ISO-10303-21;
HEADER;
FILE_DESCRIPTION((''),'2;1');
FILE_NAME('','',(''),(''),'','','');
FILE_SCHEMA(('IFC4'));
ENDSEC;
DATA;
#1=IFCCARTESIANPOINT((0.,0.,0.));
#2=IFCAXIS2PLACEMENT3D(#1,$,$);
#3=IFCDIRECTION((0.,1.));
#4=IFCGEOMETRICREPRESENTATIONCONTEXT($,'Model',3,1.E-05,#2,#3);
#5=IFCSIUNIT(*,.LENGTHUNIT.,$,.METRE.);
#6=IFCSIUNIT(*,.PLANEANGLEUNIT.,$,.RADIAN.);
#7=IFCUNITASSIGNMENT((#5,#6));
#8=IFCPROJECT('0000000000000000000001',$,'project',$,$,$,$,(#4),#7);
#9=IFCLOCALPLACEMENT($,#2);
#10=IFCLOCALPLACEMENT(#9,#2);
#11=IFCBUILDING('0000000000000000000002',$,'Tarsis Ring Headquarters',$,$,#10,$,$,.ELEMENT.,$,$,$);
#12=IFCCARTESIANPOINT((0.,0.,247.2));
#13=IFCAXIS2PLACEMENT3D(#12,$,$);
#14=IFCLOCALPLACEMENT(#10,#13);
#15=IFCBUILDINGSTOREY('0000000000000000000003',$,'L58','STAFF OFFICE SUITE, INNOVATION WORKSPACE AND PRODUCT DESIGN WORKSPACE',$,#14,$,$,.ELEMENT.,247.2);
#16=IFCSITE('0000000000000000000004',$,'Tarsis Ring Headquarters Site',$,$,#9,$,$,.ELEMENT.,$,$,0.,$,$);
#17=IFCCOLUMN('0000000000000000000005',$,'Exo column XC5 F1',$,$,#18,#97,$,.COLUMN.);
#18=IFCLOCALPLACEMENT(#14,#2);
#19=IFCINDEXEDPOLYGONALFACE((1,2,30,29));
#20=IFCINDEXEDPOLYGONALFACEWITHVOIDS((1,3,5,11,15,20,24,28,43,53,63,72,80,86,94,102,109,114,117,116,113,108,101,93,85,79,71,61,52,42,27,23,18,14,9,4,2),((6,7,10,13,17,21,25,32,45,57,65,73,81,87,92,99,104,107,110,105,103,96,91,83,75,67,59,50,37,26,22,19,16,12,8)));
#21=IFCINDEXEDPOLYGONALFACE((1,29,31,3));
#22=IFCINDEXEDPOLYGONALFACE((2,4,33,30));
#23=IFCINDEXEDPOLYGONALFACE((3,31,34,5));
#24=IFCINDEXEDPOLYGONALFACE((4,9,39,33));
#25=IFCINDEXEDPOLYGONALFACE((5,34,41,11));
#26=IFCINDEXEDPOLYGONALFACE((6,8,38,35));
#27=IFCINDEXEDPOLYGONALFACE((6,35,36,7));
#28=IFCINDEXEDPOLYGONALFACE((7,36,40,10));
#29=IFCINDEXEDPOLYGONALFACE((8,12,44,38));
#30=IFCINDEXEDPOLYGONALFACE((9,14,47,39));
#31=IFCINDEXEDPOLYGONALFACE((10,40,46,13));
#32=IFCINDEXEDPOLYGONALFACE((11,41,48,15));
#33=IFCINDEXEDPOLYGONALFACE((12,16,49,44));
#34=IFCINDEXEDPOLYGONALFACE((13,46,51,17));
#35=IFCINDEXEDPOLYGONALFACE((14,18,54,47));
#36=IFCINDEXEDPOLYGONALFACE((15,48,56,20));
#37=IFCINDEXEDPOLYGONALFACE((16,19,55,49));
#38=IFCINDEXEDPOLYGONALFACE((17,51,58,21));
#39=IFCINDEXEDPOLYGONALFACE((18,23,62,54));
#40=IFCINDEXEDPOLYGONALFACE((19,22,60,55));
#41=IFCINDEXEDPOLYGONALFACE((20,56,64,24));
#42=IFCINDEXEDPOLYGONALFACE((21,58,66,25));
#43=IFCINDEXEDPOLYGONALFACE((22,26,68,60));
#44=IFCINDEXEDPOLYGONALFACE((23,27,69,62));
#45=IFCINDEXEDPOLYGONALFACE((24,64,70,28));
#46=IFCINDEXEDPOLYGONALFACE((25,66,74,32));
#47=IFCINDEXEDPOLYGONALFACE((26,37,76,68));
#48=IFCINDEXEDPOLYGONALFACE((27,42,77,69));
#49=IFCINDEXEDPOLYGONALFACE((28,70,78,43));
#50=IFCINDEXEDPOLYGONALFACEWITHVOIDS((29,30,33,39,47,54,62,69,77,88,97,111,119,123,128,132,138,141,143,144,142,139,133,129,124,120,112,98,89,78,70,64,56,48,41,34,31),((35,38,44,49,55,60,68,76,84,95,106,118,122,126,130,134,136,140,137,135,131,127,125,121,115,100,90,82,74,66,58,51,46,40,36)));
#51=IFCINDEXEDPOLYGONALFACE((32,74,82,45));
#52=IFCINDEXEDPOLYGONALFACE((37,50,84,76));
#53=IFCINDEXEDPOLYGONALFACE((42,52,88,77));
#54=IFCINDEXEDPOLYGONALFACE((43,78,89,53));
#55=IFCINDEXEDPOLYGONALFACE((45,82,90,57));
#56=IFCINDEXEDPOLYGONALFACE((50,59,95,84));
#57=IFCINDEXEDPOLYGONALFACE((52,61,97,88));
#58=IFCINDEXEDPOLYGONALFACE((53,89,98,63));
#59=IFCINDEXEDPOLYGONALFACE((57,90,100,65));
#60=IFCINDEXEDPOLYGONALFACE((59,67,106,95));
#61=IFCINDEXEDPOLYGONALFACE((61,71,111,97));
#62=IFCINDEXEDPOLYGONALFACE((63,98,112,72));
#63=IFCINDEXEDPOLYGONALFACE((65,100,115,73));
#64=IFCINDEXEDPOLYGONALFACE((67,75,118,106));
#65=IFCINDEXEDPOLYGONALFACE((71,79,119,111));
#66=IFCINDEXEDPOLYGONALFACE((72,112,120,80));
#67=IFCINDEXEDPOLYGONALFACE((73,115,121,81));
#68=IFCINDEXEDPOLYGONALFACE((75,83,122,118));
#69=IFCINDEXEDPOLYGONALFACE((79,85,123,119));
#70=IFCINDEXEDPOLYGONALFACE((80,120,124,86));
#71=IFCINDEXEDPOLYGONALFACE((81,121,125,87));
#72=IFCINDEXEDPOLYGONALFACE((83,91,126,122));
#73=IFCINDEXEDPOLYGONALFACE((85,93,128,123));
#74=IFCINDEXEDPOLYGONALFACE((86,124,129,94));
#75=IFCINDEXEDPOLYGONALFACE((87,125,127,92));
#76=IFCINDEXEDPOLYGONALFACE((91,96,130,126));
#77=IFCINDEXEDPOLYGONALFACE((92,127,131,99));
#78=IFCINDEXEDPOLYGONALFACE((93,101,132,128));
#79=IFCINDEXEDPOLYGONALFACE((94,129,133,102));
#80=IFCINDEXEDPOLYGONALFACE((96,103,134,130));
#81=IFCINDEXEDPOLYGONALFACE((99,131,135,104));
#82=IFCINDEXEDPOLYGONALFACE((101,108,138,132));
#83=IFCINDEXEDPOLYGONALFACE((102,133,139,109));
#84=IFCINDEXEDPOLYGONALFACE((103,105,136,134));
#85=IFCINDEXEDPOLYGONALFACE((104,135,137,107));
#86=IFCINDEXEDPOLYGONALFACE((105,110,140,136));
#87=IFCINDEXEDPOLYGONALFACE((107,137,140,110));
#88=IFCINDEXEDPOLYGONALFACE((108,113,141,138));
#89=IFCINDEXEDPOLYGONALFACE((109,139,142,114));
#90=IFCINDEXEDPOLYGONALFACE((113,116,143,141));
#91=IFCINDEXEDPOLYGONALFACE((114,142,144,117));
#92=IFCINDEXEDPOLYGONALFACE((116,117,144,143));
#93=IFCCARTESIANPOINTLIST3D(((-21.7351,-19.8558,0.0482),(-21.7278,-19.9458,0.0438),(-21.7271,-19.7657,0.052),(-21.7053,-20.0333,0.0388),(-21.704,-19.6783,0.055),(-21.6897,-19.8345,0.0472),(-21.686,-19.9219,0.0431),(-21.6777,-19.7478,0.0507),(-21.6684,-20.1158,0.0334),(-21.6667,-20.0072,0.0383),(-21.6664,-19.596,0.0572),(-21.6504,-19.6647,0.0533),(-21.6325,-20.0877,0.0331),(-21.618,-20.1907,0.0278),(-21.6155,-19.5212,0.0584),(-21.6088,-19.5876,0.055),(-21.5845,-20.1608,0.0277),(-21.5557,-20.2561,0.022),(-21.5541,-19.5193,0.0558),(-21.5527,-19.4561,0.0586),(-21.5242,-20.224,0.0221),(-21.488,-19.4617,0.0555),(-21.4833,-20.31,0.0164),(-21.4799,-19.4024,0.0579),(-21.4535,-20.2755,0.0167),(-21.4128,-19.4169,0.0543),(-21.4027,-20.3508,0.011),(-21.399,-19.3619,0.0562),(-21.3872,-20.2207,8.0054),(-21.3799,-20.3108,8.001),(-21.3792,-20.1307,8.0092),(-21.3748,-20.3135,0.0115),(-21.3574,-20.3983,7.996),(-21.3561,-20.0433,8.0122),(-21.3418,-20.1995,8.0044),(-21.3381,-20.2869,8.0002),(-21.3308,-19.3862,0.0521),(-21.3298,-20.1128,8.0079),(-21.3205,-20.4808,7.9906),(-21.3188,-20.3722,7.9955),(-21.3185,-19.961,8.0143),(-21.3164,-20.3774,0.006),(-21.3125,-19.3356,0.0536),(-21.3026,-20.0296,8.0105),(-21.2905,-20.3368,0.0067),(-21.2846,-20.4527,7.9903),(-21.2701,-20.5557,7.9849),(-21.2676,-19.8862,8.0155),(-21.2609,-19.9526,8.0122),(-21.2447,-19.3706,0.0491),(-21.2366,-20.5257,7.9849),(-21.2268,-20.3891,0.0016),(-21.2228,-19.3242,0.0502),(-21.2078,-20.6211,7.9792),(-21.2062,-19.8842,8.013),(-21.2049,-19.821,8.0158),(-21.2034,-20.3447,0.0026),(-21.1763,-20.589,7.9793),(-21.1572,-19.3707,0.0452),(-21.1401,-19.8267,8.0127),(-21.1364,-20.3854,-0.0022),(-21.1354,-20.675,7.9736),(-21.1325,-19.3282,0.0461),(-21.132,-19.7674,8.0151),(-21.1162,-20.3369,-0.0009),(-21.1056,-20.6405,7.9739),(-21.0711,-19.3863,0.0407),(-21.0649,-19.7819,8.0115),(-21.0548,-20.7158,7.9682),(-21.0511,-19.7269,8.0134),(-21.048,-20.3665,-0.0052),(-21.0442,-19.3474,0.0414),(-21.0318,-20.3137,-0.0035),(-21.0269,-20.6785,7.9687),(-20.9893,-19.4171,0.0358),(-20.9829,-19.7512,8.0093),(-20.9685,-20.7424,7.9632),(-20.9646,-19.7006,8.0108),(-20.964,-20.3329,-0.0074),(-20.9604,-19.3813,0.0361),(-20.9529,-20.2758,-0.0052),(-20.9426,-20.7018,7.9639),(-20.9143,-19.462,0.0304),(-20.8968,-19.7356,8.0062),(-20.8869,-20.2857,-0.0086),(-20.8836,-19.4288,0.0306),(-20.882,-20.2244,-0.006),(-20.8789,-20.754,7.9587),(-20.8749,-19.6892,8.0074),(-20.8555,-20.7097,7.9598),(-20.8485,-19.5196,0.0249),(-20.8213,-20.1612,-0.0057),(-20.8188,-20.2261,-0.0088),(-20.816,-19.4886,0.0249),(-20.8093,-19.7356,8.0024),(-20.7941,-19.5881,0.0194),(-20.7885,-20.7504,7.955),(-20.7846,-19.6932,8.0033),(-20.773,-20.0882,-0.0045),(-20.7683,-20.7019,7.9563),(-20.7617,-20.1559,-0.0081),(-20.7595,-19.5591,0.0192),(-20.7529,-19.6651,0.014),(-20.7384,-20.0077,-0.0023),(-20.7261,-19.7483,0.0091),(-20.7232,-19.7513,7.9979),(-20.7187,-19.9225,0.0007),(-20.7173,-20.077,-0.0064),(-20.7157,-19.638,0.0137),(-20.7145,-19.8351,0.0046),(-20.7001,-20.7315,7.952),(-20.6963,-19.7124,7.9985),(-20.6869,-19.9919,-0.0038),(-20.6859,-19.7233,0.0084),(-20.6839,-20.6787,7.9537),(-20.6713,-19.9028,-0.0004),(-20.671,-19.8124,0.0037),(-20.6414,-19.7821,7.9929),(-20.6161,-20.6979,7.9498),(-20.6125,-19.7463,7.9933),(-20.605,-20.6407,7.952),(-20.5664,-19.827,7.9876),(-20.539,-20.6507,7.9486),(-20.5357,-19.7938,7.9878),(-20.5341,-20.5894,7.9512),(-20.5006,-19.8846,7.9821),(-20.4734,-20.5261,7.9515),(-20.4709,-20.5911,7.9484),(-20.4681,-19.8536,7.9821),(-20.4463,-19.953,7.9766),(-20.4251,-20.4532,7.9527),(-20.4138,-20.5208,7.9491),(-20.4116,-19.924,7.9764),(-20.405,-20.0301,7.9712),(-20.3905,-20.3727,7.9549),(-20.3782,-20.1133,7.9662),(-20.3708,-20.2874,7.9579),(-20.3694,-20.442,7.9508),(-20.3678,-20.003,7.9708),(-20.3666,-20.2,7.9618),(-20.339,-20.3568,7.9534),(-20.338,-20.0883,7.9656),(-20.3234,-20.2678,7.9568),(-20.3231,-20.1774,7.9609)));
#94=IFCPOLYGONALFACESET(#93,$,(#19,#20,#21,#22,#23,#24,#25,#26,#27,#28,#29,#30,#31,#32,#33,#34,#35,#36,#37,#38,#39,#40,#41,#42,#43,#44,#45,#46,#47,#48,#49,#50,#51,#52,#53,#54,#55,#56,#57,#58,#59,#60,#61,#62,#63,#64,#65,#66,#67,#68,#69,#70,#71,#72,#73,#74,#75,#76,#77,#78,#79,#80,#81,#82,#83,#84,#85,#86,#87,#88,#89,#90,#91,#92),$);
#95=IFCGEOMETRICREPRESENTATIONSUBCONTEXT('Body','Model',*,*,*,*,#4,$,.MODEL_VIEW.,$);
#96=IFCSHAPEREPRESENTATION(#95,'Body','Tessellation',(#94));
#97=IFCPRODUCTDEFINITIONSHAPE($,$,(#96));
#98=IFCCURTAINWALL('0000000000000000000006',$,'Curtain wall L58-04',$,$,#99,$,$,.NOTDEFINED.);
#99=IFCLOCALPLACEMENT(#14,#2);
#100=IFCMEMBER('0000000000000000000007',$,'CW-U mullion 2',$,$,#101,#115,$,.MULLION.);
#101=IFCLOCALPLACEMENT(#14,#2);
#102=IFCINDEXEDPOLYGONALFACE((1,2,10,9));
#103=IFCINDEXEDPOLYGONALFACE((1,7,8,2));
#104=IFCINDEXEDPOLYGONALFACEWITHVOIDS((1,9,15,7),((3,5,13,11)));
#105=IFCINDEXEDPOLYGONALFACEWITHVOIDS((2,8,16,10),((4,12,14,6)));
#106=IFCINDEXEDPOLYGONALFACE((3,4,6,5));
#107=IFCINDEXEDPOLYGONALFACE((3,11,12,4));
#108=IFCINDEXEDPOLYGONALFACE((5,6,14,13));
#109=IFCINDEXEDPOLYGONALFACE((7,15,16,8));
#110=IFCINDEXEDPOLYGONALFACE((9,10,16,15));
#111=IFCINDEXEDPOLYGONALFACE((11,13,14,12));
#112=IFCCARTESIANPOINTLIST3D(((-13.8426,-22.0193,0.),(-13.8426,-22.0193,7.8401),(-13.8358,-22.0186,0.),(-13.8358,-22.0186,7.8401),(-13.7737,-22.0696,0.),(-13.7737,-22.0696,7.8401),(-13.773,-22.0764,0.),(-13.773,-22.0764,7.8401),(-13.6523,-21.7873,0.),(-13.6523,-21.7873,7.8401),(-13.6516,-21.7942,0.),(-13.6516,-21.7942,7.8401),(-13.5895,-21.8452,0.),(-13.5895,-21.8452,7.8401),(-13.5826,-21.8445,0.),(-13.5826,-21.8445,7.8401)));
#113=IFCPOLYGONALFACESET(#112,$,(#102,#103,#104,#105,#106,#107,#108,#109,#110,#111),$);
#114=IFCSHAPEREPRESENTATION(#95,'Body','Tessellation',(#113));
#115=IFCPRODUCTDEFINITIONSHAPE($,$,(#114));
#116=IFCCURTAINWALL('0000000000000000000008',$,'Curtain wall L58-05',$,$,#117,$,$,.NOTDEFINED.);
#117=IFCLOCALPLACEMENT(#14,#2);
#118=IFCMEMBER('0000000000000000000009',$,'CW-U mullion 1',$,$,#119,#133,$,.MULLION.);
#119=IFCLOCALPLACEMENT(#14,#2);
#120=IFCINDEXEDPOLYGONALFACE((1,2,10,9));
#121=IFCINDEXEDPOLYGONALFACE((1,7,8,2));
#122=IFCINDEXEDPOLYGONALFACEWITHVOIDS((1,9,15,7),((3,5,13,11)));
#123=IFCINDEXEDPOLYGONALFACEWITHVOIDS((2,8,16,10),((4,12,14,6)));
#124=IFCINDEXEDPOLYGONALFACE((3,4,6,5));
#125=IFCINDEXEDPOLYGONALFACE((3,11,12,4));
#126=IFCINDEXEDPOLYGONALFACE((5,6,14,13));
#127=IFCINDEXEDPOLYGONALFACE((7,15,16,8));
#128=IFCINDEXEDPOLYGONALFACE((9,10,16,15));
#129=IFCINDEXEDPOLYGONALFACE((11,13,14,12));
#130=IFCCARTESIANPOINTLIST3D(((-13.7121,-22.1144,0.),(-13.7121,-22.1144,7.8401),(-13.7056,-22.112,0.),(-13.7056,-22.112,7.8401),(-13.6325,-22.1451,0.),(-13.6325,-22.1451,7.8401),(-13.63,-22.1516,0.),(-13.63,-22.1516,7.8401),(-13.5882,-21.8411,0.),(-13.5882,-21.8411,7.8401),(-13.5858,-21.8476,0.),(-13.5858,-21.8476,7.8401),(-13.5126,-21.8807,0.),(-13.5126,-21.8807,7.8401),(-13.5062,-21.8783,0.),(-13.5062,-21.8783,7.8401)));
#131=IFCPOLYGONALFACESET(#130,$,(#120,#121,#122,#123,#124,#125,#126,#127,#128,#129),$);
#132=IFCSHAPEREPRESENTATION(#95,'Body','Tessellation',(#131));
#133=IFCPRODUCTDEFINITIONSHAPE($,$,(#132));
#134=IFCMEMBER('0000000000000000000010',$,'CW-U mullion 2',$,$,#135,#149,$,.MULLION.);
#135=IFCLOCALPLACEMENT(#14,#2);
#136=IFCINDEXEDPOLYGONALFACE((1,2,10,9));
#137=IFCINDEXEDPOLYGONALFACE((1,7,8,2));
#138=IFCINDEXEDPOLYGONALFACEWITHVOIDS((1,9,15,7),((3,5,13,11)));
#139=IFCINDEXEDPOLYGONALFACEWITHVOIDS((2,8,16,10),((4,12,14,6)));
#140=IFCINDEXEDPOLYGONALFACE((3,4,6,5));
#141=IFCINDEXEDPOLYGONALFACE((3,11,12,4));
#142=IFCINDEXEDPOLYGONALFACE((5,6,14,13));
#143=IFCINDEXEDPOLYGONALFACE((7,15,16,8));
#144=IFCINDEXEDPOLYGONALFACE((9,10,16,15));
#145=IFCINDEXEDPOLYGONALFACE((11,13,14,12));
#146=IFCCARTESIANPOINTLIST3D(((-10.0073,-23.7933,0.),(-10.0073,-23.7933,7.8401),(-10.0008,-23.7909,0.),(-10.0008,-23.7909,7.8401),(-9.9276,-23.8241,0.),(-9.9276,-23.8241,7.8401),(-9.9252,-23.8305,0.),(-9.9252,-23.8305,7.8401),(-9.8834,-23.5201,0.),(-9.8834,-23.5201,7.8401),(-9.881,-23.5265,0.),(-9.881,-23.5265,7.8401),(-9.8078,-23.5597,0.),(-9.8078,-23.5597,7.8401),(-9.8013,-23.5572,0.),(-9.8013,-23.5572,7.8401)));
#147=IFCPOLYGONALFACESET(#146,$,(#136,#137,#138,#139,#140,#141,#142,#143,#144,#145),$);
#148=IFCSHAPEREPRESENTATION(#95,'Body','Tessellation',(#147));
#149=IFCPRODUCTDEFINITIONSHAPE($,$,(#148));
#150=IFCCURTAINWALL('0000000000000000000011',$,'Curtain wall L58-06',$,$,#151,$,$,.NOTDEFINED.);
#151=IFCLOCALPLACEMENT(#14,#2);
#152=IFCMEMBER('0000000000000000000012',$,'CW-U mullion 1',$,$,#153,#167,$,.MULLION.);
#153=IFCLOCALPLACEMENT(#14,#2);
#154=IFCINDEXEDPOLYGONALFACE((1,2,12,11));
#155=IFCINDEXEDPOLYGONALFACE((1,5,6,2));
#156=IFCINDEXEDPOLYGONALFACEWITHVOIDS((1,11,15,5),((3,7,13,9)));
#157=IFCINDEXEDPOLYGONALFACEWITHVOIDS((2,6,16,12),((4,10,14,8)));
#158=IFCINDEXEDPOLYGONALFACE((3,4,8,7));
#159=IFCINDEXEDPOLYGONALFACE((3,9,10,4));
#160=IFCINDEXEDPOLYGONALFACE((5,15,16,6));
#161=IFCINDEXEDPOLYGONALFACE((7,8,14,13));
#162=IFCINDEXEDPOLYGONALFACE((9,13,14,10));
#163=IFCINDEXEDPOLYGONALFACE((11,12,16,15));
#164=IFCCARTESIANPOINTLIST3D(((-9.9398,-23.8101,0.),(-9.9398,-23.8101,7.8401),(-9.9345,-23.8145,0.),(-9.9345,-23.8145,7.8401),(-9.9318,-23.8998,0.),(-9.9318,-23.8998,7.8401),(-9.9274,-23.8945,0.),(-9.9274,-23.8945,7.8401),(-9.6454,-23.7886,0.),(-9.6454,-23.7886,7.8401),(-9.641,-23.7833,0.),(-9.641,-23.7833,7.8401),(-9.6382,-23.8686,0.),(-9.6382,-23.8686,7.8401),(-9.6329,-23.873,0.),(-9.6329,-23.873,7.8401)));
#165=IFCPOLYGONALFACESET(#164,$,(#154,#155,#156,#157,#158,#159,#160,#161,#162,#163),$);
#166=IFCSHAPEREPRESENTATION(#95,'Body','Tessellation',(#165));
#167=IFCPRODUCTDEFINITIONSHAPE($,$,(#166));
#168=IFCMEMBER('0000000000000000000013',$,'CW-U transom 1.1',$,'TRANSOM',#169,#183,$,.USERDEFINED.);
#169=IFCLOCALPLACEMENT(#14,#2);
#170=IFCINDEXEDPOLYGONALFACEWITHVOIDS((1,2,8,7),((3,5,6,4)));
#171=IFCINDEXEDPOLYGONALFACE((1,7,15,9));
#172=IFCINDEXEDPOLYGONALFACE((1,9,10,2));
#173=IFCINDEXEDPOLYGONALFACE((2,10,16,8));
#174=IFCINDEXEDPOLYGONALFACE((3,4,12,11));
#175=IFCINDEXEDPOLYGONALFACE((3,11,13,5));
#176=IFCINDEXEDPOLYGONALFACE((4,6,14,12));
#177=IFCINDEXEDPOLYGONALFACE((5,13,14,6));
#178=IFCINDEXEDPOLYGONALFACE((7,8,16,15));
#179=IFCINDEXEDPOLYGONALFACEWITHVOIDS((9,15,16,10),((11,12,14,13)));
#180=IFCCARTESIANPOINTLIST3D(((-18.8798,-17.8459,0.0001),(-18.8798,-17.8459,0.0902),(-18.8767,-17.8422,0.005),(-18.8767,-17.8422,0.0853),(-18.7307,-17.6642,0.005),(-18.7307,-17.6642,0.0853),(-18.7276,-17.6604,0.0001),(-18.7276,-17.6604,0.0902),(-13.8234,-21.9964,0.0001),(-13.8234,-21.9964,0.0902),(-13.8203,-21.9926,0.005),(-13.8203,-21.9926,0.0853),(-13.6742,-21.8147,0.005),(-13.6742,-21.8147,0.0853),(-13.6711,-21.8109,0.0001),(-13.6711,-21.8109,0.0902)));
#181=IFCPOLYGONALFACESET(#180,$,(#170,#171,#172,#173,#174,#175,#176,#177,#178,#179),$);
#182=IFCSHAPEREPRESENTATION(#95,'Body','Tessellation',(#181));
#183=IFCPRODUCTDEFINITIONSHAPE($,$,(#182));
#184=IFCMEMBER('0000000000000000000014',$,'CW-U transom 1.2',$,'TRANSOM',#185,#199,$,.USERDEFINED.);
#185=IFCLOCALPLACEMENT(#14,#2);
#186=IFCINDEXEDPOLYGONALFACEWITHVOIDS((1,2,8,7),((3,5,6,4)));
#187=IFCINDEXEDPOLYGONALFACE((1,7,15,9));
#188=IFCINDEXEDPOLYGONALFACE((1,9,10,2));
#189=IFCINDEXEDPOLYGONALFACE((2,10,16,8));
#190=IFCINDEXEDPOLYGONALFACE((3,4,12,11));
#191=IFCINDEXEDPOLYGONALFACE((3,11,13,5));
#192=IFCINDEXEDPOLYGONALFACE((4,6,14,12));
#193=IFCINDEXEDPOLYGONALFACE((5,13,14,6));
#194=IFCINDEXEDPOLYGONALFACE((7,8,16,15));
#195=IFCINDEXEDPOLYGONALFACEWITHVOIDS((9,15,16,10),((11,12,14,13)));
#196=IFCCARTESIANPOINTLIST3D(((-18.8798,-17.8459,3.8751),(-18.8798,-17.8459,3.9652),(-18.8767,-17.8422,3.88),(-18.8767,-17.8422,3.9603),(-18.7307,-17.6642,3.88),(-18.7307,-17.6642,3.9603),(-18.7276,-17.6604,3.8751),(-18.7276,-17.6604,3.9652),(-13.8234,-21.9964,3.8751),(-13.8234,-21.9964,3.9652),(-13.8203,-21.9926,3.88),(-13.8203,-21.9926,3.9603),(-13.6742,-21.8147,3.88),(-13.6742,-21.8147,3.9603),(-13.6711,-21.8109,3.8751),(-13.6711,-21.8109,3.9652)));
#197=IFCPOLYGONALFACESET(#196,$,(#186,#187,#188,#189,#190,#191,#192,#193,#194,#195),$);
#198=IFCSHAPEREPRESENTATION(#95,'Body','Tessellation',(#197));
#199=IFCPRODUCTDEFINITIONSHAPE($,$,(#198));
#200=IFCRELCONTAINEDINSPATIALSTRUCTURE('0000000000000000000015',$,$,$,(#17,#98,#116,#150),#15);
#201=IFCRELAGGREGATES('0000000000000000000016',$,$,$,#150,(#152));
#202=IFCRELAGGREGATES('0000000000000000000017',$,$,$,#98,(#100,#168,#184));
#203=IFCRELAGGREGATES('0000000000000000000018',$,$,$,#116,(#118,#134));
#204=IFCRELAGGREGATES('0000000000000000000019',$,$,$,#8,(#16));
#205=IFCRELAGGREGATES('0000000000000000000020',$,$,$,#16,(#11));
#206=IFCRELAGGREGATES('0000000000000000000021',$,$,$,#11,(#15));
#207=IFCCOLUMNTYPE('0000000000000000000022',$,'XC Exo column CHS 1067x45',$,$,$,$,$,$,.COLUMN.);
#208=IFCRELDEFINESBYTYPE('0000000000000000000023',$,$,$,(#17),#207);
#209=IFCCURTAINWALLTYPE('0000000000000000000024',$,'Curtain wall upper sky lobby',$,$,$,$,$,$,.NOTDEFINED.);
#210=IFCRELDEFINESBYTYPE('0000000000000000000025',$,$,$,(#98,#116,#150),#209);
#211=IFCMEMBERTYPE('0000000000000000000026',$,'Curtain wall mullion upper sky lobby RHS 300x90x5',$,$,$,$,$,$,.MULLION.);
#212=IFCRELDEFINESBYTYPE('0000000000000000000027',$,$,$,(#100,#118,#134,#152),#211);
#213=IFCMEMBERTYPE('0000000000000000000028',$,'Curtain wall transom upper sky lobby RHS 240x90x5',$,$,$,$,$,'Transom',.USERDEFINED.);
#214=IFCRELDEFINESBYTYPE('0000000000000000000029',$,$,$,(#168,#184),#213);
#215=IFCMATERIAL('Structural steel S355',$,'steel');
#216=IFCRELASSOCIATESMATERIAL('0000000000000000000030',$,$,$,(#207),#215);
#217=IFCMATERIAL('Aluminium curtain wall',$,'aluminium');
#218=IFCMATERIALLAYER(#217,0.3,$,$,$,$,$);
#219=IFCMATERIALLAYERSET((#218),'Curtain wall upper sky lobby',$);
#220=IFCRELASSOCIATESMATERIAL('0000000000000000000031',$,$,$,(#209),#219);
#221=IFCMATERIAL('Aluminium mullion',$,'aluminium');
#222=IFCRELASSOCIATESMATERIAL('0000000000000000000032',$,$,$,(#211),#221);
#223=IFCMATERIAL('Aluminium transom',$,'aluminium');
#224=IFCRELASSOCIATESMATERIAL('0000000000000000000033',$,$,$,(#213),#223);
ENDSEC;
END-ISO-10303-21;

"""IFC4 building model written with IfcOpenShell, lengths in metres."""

from ifc_helpers import new_model, si_unit, direction, frame, origin, origin_2d, place, context, subcontext, project, spatial, hollow_rectangle, hollow_circle, extrude, material, layer, layer_set, material_profile, profile_set, type_object, element, aggregate, save


model = new_model("IFC4")

# Units and contexts
model_context = context("Model", 3, precision=1e-05, world=origin(), true_north=direction((0.0, 1.0)))
body_context = subcontext(model_context, "Body", "Model", "MODEL_VIEW")
ifc_project = project(units=[si_unit("LENGTHUNIT", "METRE"), si_unit("PLANEANGLEUNIT", "RADIAN")], contexts=[model_context])

# Site, building, storey
site_placement = place(None, origin())
site = spatial("IfcSite", under=ifc_project, at=site_placement, Name="Tarsis Ring Headquarters Site", CompositionType="ELEMENT", RefElevation=0.0)
building_placement = place(site_placement, origin())
building = spatial("IfcBuilding", under=site, at=building_placement, Name="Tarsis Ring Headquarters", CompositionType="ELEMENT")
storey_placement = place(building_placement, frame((0.0, 0.0, 247.2)))
storey = spatial("IfcBuildingStorey", under=building, at=storey_placement, Name="L58", Description="STAFF OFFICE SUITE, INNOVATION WORKSPACE AND PRODUCT DESIGN WORKSPACE", CompositionType="ELEMENT", Elevation=247.2)

# Column
ifc_material_1 = material(Name="Structural steel S355", Category="steel")
ifc_material_profile_1 = material_profile(ifc_material_1, hollow_circle(Radius=0.5334, WallThickness=0.0449, at=origin_2d()), Name="CHS 1067x45")
ifc_profile_set_1 = profile_set([ifc_material_profile_1], Name="Structural steel S355")
column_type = type_object("IfcColumnType", Name="XC Exo column CHS 1067x45", PredefinedType="COLUMN", material=ifc_profile_set_1)
column_placement = place(storey_placement, frame((-21.2021, -19.8567, 0.0249), z_axis=(0.043634, -0.045777, 0.997998), x_axis=(0.72385, 0.689957, 0.0)))
element("IfcColumn", 1, at=column_placement, inside=storey, type_object=column_type, Name="Exo column XC5 F1", PredefinedType="COLUMN", context=body_context, shape_type="SweptSolid", body=[
    extrude(hollow_circle(Radius=0.5334, WallThickness=0.0449, at=origin_2d()), origin(), (0.0, 0.0, 1.0), 7.9731),
])

# Curtain wall, member
ifc_material_2 = material(Name="Aluminium curtain wall", Category="aluminium")
ifc_layer_1 = layer(ifc_material_2, 0.3)
ifc_layer_set_1 = layer_set([ifc_layer_1], Name="Curtain wall upper sky lobby")
curtain_wall_type = type_object("IfcCurtainWallType", Name="Curtain wall upper sky lobby", PredefinedType="NOTDEFINED", material=ifc_layer_set_1)
curtain_wall_1_placement = place(storey_placement, origin())
curtain_wall_1 = element("IfcCurtainWall", 2, at=curtain_wall_1_placement, inside=storey, type_object=curtain_wall_type, Name="Curtain wall L58-04", PredefinedType="NOTDEFINED")
ifc_material_3 = material(Name="Aluminium mullion", Category="aluminium")
ifc_material_profile_2 = material_profile(ifc_material_3, hollow_rectangle(XDim=0.3, YDim=0.0901, WallThickness=0.0049, at=origin_2d()), Name="RHS 300x90x5")
ifc_profile_set_2 = profile_set([ifc_material_profile_2], Name="Aluminium mullion")
member_type_1 = type_object("IfcMemberType", Name="Curtain wall mullion upper sky lobby RHS 300x90x5", PredefinedType="MULLION", material=ifc_profile_set_2)
member_1_placement = place(storey_placement, frame((-13.7126, -21.9319, 0.0), z_axis=(0.0, 0.0, 1.0), x_axis=(0.634461, 0.772955, 0.0)))
member_1 = element("IfcMember", 3, at=member_1_placement, type_object=member_type_1, Name="CW-U mullion 2", PredefinedType="MULLION", context=body_context, shape_type="SweptSolid", body=[
    extrude(hollow_rectangle(XDim=0.3, YDim=0.0901, WallThickness=0.0049, at=origin_2d()), origin(), (0.0, 0.0, 1.0), 7.8401),
])

# Curtain wall, members
curtain_wall_2_placement = place(storey_placement, origin())
curtain_wall_2 = element("IfcCurtainWall", 4, at=curtain_wall_2_placement, inside=storey, type_object=curtain_wall_type, Name="Curtain wall L58-05", PredefinedType="NOTDEFINED")
member_2_placement = place(storey_placement, frame((-13.6091, -21.9963, 0.0), z_axis=(0.0, 0.0, 1.0), x_axis=(0.412787, 0.910828, 0.0)))
member_2 = element("IfcMember", 5, at=member_2_placement, type_object=member_type_1, Name="CW-U mullion 1", PredefinedType="MULLION", context=body_context, shape_type="SweptSolid", body=[
    extrude(hollow_rectangle(XDim=0.3, YDim=0.0901, WallThickness=0.0049, at=origin_2d()), origin(), (0.0, 0.0, 1.0), 7.8401),
])
member_3_placement = place(storey_placement, frame((-9.9043, -23.6753, 0.0), z_axis=(0.0, 0.0, 1.0), x_axis=(0.412787, 0.910828, 0.0)))
member_3 = element("IfcMember", 6, at=member_3_placement, type_object=member_type_1, Name="CW-U mullion 2", PredefinedType="MULLION", context=body_context, shape_type="SweptSolid", body=[
    extrude(hollow_rectangle(XDim=0.3, YDim=0.0901, WallThickness=0.0049, at=origin_2d()), origin(), (0.0, 0.0, 1.0), 7.8401),
])

# Curtain wall, member
curtain_wall_3_placement = place(storey_placement, origin())
curtain_wall_3 = element("IfcCurtainWall", 7, at=curtain_wall_3_placement, inside=storey, type_object=curtain_wall_type, Name="Curtain wall L58-06", PredefinedType="NOTDEFINED")
member_4_placement = place(storey_placement, frame((-9.7864, -23.8416, 0.0), z_axis=(0.0, 0.0, 1.0), x_axis=(0.99601, 0.089242, 0.0)))
member_4 = element("IfcMember", 8, at=member_4_placement, type_object=member_type_1, Name="CW-U mullion 1", PredefinedType="MULLION", context=body_context, shape_type="SweptSolid", body=[
    extrude(hollow_rectangle(XDim=0.3, YDim=0.0901, WallThickness=0.0049, at=origin_2d()), origin(), (0.0, 0.0, 1.0), 7.8401),
])
aggregate(curtain_wall_3, [member_4])

# Members
ifc_material_4 = material(Name="Aluminium transom", Category="aluminium")
ifc_material_profile_3 = material_profile(ifc_material_4, hollow_rectangle(XDim=0.24, YDim=0.0901, WallThickness=0.0049, at=origin_2d()), Name="RHS 240x90x5")
ifc_profile_set_3 = profile_set([ifc_material_profile_3], Name="Aluminium transom")
member_type_2 = type_object("IfcMemberType", Name="Curtain wall transom upper sky lobby RHS 240x90x5", ElementType="Transom", PredefinedType="USERDEFINED", material=ifc_profile_set_3)
member_5_placement = place(storey_placement, frame((-18.8037, -17.7532, 0.0452), z_axis=(0.772957, -0.634458, 0.0), x_axis=(0.634458, 0.772957, 0.0)))
member_5 = element("IfcMember", 9, at=member_5_placement, type_object=member_type_2, Name="CW-U transom 1.1", ObjectType="TRANSOM", PredefinedType="USERDEFINED", context=body_context, shape_type="SweptSolid", body=[
    extrude(hollow_rectangle(XDim=0.24, YDim=0.0901, WallThickness=0.0049, at=origin_2d()), origin(), (0.0, 0.0, 1.0), 6.5417),
])
member_6_placement = place(storey_placement, frame((-18.8037, -17.7532, 3.9202), z_axis=(0.772957, -0.634458, 0.0), x_axis=(0.634458, 0.772957, 0.0)))
member_6 = element("IfcMember", 10, at=member_6_placement, type_object=member_type_2, Name="CW-U transom 1.2", ObjectType="TRANSOM", PredefinedType="USERDEFINED", context=body_context, shape_type="SweptSolid", body=[
    extrude(hollow_rectangle(XDim=0.24, YDim=0.0901, WallThickness=0.0049, at=origin_2d()), origin(), (0.0, 0.0, 1.0), 6.5417),
])

aggregate(curtain_wall_1, [member_1, member_5, member_6])
aggregate(curtain_wall_2, [member_2, member_3])

save(model, "model.ifc")
